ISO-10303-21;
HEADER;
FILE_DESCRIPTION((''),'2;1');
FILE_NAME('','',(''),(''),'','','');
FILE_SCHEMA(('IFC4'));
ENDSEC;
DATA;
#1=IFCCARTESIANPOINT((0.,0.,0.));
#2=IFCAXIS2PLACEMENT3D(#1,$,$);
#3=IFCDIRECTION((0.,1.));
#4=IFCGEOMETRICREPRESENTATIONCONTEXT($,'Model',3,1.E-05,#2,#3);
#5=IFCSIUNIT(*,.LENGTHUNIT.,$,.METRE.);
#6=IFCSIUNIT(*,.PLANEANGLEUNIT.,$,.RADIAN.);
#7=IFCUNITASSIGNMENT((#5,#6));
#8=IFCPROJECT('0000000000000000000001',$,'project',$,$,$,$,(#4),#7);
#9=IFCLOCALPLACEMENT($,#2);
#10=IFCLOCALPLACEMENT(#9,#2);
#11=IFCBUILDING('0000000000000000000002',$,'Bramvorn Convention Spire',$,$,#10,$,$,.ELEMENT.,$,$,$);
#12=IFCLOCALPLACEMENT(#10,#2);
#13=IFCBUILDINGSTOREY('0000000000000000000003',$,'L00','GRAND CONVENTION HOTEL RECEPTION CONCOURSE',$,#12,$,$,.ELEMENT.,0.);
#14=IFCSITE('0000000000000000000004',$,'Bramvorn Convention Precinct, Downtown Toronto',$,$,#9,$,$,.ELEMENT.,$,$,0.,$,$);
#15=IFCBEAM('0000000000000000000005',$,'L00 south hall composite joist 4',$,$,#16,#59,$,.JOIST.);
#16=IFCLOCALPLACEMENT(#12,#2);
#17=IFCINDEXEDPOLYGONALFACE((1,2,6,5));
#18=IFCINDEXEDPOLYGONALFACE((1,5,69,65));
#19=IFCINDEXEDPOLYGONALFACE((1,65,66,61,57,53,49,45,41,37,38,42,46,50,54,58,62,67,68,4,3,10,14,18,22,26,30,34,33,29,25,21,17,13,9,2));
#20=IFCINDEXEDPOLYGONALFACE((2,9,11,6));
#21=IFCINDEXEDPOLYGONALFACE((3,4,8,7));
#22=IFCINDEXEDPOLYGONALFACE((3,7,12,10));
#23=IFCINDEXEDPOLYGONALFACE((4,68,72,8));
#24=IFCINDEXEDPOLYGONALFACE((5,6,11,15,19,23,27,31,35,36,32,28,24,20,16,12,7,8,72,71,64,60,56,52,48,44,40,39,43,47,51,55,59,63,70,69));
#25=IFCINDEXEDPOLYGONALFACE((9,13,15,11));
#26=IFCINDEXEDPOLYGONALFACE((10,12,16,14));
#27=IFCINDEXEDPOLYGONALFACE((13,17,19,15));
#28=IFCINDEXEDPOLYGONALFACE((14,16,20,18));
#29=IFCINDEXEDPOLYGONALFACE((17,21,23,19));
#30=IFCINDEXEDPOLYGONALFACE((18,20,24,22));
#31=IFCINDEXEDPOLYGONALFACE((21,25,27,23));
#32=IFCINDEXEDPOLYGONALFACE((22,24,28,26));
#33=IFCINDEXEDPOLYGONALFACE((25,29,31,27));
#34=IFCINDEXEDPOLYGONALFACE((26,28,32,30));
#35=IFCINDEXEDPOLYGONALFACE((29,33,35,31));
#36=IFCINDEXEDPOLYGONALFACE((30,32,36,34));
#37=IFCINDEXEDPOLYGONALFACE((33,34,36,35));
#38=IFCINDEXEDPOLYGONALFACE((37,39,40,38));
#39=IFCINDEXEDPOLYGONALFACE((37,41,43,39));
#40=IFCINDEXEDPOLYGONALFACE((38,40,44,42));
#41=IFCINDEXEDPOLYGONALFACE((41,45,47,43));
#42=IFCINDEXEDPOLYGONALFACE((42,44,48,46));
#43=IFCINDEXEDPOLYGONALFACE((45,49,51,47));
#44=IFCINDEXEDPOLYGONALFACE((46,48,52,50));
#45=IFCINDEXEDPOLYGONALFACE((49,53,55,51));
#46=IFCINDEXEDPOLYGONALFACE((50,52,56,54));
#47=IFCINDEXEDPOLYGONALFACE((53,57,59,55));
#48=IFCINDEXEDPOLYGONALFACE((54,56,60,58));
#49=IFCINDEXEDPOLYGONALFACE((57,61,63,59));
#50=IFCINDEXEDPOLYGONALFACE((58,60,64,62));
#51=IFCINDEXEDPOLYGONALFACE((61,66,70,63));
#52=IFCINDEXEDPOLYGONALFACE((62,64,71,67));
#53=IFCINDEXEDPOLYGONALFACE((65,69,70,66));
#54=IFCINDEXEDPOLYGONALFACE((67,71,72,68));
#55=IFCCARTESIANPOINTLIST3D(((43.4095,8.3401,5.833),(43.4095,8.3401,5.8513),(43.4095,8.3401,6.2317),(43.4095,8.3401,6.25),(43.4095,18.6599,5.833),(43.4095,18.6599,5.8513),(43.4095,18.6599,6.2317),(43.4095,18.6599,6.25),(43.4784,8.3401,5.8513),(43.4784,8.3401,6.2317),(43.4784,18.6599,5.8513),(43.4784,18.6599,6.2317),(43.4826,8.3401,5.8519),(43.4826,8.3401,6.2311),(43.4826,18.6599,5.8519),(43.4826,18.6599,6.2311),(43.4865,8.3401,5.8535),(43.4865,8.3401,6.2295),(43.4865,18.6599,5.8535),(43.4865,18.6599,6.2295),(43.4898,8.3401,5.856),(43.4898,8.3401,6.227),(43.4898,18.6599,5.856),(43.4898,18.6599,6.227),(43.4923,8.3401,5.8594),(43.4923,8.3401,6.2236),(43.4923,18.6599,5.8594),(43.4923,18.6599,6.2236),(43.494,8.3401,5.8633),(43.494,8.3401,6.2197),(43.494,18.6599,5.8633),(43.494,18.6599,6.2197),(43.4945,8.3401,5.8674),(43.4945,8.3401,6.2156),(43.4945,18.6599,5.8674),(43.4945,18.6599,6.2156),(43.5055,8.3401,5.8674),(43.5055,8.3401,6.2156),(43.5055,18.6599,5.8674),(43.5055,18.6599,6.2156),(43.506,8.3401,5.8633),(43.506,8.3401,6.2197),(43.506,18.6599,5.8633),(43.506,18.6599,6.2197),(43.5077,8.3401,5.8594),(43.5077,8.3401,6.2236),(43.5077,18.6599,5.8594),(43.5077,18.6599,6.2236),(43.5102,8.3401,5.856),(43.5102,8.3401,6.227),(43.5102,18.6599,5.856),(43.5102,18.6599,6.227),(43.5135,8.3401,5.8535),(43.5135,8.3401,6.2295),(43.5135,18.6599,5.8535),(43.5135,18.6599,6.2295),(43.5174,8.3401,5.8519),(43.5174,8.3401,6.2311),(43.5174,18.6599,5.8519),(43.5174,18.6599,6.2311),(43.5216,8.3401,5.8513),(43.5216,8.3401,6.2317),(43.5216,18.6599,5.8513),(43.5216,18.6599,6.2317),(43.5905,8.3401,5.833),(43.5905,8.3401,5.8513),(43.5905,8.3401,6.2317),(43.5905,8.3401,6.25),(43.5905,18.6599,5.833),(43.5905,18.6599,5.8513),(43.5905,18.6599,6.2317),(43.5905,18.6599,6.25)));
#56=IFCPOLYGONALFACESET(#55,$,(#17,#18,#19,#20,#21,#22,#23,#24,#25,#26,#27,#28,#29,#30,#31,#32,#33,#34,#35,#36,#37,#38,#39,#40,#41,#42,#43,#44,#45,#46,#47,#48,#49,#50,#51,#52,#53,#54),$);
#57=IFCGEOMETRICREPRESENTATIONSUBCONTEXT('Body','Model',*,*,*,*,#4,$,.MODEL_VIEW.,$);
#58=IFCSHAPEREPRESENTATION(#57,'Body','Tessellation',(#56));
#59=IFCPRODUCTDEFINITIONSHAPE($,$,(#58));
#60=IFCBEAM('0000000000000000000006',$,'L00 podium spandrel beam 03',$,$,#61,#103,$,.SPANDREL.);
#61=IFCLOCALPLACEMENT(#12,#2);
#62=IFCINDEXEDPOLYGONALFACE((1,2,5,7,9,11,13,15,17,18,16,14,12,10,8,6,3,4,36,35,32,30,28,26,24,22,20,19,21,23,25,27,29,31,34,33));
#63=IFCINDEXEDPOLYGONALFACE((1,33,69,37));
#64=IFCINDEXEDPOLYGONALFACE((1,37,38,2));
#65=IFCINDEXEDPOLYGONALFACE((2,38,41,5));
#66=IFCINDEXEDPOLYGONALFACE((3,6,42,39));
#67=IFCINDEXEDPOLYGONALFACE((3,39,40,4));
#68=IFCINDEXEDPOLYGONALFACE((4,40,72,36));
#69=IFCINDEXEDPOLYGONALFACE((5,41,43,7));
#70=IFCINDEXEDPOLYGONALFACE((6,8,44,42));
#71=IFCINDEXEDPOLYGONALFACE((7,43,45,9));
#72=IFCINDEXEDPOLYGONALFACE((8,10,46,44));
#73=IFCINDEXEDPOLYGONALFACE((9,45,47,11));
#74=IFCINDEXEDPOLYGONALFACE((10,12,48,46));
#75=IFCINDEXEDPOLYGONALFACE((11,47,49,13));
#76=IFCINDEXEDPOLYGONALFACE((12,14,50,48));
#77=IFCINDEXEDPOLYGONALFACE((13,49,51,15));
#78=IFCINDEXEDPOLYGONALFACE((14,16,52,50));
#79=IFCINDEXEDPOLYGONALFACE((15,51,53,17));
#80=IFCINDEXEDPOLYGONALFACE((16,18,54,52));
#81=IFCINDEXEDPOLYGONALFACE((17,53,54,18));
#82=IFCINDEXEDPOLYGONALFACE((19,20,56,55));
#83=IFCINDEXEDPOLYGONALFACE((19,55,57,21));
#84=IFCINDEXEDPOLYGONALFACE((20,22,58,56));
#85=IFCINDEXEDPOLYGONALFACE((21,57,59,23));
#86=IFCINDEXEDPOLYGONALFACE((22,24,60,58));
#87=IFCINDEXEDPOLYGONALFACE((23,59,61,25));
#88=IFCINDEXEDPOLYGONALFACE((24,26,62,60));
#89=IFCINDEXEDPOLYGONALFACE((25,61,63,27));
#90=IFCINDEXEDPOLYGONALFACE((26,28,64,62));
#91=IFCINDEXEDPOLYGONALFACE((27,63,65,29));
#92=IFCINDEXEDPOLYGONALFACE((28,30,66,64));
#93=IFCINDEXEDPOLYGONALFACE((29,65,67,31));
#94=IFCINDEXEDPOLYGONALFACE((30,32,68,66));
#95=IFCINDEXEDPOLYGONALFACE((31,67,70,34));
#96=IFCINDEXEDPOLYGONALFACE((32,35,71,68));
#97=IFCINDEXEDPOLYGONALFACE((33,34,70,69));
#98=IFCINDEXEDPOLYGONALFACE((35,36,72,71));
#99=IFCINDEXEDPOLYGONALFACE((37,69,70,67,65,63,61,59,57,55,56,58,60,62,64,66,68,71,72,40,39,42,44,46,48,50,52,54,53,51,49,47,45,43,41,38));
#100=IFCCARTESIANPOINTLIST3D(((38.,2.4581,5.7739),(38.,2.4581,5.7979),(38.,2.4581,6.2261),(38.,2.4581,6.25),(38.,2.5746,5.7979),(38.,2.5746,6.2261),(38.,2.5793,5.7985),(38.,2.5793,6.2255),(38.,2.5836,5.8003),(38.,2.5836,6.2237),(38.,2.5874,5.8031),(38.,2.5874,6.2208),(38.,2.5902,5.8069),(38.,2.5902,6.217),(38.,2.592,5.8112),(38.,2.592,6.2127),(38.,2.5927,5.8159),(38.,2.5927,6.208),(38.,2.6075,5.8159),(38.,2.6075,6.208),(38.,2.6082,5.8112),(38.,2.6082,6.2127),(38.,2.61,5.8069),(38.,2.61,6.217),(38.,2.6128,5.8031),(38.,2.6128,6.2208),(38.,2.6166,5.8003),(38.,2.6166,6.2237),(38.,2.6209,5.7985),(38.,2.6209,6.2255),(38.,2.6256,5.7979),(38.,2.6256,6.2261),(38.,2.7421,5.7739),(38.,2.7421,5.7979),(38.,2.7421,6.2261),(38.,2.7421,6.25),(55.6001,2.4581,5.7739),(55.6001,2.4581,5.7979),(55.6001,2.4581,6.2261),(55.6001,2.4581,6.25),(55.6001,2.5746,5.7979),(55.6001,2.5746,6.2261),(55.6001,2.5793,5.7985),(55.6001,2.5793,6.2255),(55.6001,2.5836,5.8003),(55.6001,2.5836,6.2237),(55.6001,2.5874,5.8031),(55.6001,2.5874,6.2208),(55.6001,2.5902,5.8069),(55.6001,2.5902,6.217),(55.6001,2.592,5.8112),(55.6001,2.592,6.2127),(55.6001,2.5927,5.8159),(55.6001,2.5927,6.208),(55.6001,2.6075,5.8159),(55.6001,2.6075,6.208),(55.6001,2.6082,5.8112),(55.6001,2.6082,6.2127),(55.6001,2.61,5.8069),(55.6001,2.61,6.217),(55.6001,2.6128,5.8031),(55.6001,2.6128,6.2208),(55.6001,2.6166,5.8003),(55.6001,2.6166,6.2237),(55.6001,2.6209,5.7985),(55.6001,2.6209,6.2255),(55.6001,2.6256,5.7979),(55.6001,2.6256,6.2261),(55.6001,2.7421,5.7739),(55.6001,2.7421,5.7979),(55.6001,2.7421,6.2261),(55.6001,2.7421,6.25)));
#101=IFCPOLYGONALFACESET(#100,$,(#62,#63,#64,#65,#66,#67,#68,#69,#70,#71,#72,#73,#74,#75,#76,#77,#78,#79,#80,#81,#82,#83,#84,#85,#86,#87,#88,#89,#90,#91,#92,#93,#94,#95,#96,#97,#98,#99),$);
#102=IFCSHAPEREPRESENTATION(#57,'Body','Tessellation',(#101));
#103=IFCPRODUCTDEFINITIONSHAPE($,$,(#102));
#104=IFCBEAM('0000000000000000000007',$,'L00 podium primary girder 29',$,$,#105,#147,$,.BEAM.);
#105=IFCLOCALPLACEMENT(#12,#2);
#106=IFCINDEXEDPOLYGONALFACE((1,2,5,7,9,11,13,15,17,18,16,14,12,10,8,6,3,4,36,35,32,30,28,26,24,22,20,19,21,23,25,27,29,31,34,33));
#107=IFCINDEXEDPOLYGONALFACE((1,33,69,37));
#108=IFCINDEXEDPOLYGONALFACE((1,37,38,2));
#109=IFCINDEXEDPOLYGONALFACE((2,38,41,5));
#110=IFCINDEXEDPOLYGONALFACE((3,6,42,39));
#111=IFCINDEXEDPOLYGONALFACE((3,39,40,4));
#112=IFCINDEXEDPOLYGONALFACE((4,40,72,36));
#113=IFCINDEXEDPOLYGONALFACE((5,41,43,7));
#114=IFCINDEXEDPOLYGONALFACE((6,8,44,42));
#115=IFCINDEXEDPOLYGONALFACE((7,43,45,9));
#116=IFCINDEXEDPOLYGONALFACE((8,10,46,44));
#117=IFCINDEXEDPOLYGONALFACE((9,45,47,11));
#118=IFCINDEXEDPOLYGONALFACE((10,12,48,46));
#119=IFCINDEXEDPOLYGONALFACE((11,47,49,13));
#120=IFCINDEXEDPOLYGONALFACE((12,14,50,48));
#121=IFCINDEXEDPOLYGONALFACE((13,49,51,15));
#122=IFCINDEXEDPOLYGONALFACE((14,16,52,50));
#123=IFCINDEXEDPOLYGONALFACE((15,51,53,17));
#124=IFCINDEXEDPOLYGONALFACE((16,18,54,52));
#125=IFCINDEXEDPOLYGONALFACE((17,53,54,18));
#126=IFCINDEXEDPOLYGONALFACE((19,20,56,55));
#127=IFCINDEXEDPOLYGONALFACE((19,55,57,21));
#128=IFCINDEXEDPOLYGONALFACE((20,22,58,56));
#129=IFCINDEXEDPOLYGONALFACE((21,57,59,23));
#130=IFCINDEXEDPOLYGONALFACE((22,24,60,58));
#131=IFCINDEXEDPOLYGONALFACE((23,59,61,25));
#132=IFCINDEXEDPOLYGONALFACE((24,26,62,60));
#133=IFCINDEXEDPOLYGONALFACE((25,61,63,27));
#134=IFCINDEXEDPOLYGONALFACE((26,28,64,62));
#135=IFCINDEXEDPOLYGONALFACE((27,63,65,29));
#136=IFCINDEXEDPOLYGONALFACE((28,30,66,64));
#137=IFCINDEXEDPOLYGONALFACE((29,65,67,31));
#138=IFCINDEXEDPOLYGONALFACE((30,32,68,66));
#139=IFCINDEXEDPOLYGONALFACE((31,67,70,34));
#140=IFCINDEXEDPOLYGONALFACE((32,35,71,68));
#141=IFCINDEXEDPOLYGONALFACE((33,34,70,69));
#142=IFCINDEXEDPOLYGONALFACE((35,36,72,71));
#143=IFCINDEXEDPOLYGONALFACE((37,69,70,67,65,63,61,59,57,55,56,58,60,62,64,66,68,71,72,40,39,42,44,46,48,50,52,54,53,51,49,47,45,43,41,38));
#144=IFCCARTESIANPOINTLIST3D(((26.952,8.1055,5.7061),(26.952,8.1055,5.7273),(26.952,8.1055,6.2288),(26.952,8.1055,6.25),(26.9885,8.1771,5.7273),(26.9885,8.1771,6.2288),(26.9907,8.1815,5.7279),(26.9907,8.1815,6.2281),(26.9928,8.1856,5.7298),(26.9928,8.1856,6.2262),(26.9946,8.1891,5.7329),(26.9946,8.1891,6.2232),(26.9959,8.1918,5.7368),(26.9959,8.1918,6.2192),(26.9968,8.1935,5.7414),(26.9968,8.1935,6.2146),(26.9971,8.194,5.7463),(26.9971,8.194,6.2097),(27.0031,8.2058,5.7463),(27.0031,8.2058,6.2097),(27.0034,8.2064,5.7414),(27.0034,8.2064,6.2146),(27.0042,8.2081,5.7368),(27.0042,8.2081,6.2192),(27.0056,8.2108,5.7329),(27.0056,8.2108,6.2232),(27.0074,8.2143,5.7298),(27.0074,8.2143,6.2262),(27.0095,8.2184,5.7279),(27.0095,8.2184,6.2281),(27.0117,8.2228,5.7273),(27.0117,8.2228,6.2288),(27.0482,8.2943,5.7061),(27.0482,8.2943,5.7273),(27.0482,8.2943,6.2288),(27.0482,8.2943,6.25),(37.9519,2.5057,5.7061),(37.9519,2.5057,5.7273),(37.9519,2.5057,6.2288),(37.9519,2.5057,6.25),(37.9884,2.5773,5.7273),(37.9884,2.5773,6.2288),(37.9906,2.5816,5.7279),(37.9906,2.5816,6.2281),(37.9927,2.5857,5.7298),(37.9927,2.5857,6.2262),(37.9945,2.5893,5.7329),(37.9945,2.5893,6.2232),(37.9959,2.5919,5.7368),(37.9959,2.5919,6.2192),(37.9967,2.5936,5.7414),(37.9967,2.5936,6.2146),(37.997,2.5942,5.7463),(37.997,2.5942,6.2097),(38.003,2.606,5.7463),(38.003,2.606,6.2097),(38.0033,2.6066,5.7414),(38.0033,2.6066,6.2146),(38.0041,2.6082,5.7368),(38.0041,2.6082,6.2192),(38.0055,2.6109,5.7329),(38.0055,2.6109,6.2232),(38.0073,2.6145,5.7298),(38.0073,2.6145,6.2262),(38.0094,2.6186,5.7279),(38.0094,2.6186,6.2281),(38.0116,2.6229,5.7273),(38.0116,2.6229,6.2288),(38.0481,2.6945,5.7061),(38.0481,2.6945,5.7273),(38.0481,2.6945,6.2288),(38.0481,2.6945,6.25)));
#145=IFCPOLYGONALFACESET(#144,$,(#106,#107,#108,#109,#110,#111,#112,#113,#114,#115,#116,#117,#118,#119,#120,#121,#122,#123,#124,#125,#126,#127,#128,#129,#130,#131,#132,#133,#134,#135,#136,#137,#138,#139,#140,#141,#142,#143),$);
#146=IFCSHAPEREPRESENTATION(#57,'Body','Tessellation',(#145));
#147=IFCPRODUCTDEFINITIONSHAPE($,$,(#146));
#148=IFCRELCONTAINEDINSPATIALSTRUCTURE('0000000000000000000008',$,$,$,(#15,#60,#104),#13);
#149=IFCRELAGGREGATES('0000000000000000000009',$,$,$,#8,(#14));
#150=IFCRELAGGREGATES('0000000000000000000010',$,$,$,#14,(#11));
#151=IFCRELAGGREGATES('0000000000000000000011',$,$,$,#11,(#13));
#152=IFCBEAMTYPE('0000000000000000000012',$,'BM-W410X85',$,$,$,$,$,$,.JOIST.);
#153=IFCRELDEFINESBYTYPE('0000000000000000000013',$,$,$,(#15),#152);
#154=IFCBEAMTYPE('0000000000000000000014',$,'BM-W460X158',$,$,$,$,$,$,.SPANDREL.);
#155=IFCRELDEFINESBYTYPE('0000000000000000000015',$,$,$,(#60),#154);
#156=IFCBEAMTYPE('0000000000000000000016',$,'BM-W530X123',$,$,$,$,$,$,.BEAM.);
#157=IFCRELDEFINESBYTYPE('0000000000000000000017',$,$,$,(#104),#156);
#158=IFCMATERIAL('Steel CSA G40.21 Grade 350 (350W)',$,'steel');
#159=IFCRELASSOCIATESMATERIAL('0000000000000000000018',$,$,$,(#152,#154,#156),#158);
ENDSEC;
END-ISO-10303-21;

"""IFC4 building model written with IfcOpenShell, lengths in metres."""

from ifc_helpers import new_model, si_unit, direction, frame, origin, origin_2d, place, context, subcontext, project, spatial, i_section, extrude, material, material_profile, profile_set, type_object, element, save


model = new_model("IFC4")

# Units and contexts
model_context = context("Model", 3, precision=1e-05, world=origin(), true_north=direction((0.0, 1.0)))
body_context = subcontext(model_context, "Body", "Model", "MODEL_VIEW")
ifc_project = project(units=[si_unit("LENGTHUNIT", "METRE"), si_unit("PLANEANGLEUNIT", "RADIAN")], contexts=[model_context])

# Site, building, storey
site_placement = place(None, origin())
site = spatial("IfcSite", under=ifc_project, at=site_placement, Name="Bramvorn Convention Precinct, Downtown Toronto", CompositionType="ELEMENT", RefElevation=0.0)
building_placement = place(site_placement, origin())
building = spatial("IfcBuilding", under=site, at=building_placement, Name="Bramvorn Convention Spire", CompositionType="ELEMENT")
storey_placement = place(building_placement, origin())
storey = spatial("IfcBuildingStorey", under=building, at=storey_placement, Name="L00", Description="GRAND CONVENTION HOTEL RECEPTION CONCOURSE", CompositionType="ELEMENT", Elevation=0.0)

# Shared definitions
ifc_material_1 = material(Name="Steel CSA G40.21 Grade 350 (350W)", Category="steel")

# Beams
ifc_material_profile_1 = material_profile(ifc_material_1, i_section(OverallWidth=0.1809, OverallDepth=0.417, WebThickness=0.011, FlangeThickness=0.0183, FilletRadius=0.0161, at=origin_2d()))
ifc_profile_set_1 = profile_set([ifc_material_profile_1], Name="Steel CSA G40.21 Grade 350 (350W) - W410X85")
beam_type_1 = type_object("IfcBeamType", Name="BM-W410X85", PredefinedType="JOIST", material=ifc_profile_set_1)
for number, where, z_axis, x_axis, name in (
    (1, (43.5, 8.3401, 6.0415), (0.0, 1.0, 0.0), (-1.0, 0.0, 0.0), "L00 south hall composite joist 4"),
):
    element("IfcBeam", number, at=place(storey_placement, frame(where, z_axis=z_axis, x_axis=x_axis)), inside=storey, type_object=beam_type_1, Name=name, PredefinedType="JOIST", context=body_context, shape_type="SweptSolid", body=[
        extrude(i_section(OverallWidth=0.1809, OverallDepth=0.417, WebThickness=0.011, FlangeThickness=0.0183, FilletRadius=0.0161, at=origin_2d()), origin(), (0.0, 0.0, 1.0), 10.3198),
    ])
ifc_material_profile_2 = material_profile(ifc_material_1, i_section(OverallWidth=0.2839, OverallDepth=0.4761, WebThickness=0.0149, FlangeThickness=0.0239, FilletRadius=0.0181, at=origin_2d()))
ifc_profile_set_2 = profile_set([ifc_material_profile_2], Name="Steel CSA G40.21 Grade 350 (350W) - W460X158")
beam_type_2 = type_object("IfcBeamType", Name="BM-W460X158", PredefinedType="SPANDREL", material=ifc_profile_set_2)
beam_1_placement = place(storey_placement, frame((38.0, 2.6001, 6.012), z_axis=(1.0, 0.0, 0.0), x_axis=(0.0, 1.0, 0.0)))
element("IfcBeam", 2, at=beam_1_placement, inside=storey, type_object=beam_type_2, Name="L00 podium spandrel beam 03", PredefinedType="SPANDREL", context=body_context, shape_type="SweptSolid", body=[
    extrude(i_section(OverallWidth=0.2839, OverallDepth=0.4761, WebThickness=0.0149, FlangeThickness=0.0239, FilletRadius=0.0181, at=origin_2d()), origin(), (0.0, 0.0, 1.0), 17.6001),
])
ifc_material_profile_3 = material_profile(ifc_material_1, i_section(OverallWidth=0.2119, OverallDepth=0.5439, WebThickness=0.0132, FlangeThickness=0.0212, FilletRadius=0.019, at=origin_2d()))
ifc_profile_set_3 = profile_set([ifc_material_profile_3], Name="Steel CSA G40.21 Grade 350 (350W) - W530X123")
beam_type_3 = type_object("IfcBeamType", Name="BM-W530X123", PredefinedType="BEAM", material=ifc_profile_set_3)
beam_2_placement = place(storey_placement, frame((38.0, 2.6001, 5.978), z_axis=(-0.891168, 0.453674, 0.0), x_axis=(-0.453674, -0.891168, 0.0)))
element("IfcBeam", 3, at=beam_2_placement, inside=storey, type_object=beam_type_3, Name="L00 podium primary girder 29", PredefinedType="BEAM", context=body_context, shape_type="SweptSolid", body=[
    extrude(i_section(OverallWidth=0.2119, OverallDepth=0.5439, WebThickness=0.0132, FlangeThickness=0.0212, FilletRadius=0.019, at=origin_2d()), origin(), (0.0, 0.0, 1.0), 12.3433),
])

save(model, "model.ifc")
